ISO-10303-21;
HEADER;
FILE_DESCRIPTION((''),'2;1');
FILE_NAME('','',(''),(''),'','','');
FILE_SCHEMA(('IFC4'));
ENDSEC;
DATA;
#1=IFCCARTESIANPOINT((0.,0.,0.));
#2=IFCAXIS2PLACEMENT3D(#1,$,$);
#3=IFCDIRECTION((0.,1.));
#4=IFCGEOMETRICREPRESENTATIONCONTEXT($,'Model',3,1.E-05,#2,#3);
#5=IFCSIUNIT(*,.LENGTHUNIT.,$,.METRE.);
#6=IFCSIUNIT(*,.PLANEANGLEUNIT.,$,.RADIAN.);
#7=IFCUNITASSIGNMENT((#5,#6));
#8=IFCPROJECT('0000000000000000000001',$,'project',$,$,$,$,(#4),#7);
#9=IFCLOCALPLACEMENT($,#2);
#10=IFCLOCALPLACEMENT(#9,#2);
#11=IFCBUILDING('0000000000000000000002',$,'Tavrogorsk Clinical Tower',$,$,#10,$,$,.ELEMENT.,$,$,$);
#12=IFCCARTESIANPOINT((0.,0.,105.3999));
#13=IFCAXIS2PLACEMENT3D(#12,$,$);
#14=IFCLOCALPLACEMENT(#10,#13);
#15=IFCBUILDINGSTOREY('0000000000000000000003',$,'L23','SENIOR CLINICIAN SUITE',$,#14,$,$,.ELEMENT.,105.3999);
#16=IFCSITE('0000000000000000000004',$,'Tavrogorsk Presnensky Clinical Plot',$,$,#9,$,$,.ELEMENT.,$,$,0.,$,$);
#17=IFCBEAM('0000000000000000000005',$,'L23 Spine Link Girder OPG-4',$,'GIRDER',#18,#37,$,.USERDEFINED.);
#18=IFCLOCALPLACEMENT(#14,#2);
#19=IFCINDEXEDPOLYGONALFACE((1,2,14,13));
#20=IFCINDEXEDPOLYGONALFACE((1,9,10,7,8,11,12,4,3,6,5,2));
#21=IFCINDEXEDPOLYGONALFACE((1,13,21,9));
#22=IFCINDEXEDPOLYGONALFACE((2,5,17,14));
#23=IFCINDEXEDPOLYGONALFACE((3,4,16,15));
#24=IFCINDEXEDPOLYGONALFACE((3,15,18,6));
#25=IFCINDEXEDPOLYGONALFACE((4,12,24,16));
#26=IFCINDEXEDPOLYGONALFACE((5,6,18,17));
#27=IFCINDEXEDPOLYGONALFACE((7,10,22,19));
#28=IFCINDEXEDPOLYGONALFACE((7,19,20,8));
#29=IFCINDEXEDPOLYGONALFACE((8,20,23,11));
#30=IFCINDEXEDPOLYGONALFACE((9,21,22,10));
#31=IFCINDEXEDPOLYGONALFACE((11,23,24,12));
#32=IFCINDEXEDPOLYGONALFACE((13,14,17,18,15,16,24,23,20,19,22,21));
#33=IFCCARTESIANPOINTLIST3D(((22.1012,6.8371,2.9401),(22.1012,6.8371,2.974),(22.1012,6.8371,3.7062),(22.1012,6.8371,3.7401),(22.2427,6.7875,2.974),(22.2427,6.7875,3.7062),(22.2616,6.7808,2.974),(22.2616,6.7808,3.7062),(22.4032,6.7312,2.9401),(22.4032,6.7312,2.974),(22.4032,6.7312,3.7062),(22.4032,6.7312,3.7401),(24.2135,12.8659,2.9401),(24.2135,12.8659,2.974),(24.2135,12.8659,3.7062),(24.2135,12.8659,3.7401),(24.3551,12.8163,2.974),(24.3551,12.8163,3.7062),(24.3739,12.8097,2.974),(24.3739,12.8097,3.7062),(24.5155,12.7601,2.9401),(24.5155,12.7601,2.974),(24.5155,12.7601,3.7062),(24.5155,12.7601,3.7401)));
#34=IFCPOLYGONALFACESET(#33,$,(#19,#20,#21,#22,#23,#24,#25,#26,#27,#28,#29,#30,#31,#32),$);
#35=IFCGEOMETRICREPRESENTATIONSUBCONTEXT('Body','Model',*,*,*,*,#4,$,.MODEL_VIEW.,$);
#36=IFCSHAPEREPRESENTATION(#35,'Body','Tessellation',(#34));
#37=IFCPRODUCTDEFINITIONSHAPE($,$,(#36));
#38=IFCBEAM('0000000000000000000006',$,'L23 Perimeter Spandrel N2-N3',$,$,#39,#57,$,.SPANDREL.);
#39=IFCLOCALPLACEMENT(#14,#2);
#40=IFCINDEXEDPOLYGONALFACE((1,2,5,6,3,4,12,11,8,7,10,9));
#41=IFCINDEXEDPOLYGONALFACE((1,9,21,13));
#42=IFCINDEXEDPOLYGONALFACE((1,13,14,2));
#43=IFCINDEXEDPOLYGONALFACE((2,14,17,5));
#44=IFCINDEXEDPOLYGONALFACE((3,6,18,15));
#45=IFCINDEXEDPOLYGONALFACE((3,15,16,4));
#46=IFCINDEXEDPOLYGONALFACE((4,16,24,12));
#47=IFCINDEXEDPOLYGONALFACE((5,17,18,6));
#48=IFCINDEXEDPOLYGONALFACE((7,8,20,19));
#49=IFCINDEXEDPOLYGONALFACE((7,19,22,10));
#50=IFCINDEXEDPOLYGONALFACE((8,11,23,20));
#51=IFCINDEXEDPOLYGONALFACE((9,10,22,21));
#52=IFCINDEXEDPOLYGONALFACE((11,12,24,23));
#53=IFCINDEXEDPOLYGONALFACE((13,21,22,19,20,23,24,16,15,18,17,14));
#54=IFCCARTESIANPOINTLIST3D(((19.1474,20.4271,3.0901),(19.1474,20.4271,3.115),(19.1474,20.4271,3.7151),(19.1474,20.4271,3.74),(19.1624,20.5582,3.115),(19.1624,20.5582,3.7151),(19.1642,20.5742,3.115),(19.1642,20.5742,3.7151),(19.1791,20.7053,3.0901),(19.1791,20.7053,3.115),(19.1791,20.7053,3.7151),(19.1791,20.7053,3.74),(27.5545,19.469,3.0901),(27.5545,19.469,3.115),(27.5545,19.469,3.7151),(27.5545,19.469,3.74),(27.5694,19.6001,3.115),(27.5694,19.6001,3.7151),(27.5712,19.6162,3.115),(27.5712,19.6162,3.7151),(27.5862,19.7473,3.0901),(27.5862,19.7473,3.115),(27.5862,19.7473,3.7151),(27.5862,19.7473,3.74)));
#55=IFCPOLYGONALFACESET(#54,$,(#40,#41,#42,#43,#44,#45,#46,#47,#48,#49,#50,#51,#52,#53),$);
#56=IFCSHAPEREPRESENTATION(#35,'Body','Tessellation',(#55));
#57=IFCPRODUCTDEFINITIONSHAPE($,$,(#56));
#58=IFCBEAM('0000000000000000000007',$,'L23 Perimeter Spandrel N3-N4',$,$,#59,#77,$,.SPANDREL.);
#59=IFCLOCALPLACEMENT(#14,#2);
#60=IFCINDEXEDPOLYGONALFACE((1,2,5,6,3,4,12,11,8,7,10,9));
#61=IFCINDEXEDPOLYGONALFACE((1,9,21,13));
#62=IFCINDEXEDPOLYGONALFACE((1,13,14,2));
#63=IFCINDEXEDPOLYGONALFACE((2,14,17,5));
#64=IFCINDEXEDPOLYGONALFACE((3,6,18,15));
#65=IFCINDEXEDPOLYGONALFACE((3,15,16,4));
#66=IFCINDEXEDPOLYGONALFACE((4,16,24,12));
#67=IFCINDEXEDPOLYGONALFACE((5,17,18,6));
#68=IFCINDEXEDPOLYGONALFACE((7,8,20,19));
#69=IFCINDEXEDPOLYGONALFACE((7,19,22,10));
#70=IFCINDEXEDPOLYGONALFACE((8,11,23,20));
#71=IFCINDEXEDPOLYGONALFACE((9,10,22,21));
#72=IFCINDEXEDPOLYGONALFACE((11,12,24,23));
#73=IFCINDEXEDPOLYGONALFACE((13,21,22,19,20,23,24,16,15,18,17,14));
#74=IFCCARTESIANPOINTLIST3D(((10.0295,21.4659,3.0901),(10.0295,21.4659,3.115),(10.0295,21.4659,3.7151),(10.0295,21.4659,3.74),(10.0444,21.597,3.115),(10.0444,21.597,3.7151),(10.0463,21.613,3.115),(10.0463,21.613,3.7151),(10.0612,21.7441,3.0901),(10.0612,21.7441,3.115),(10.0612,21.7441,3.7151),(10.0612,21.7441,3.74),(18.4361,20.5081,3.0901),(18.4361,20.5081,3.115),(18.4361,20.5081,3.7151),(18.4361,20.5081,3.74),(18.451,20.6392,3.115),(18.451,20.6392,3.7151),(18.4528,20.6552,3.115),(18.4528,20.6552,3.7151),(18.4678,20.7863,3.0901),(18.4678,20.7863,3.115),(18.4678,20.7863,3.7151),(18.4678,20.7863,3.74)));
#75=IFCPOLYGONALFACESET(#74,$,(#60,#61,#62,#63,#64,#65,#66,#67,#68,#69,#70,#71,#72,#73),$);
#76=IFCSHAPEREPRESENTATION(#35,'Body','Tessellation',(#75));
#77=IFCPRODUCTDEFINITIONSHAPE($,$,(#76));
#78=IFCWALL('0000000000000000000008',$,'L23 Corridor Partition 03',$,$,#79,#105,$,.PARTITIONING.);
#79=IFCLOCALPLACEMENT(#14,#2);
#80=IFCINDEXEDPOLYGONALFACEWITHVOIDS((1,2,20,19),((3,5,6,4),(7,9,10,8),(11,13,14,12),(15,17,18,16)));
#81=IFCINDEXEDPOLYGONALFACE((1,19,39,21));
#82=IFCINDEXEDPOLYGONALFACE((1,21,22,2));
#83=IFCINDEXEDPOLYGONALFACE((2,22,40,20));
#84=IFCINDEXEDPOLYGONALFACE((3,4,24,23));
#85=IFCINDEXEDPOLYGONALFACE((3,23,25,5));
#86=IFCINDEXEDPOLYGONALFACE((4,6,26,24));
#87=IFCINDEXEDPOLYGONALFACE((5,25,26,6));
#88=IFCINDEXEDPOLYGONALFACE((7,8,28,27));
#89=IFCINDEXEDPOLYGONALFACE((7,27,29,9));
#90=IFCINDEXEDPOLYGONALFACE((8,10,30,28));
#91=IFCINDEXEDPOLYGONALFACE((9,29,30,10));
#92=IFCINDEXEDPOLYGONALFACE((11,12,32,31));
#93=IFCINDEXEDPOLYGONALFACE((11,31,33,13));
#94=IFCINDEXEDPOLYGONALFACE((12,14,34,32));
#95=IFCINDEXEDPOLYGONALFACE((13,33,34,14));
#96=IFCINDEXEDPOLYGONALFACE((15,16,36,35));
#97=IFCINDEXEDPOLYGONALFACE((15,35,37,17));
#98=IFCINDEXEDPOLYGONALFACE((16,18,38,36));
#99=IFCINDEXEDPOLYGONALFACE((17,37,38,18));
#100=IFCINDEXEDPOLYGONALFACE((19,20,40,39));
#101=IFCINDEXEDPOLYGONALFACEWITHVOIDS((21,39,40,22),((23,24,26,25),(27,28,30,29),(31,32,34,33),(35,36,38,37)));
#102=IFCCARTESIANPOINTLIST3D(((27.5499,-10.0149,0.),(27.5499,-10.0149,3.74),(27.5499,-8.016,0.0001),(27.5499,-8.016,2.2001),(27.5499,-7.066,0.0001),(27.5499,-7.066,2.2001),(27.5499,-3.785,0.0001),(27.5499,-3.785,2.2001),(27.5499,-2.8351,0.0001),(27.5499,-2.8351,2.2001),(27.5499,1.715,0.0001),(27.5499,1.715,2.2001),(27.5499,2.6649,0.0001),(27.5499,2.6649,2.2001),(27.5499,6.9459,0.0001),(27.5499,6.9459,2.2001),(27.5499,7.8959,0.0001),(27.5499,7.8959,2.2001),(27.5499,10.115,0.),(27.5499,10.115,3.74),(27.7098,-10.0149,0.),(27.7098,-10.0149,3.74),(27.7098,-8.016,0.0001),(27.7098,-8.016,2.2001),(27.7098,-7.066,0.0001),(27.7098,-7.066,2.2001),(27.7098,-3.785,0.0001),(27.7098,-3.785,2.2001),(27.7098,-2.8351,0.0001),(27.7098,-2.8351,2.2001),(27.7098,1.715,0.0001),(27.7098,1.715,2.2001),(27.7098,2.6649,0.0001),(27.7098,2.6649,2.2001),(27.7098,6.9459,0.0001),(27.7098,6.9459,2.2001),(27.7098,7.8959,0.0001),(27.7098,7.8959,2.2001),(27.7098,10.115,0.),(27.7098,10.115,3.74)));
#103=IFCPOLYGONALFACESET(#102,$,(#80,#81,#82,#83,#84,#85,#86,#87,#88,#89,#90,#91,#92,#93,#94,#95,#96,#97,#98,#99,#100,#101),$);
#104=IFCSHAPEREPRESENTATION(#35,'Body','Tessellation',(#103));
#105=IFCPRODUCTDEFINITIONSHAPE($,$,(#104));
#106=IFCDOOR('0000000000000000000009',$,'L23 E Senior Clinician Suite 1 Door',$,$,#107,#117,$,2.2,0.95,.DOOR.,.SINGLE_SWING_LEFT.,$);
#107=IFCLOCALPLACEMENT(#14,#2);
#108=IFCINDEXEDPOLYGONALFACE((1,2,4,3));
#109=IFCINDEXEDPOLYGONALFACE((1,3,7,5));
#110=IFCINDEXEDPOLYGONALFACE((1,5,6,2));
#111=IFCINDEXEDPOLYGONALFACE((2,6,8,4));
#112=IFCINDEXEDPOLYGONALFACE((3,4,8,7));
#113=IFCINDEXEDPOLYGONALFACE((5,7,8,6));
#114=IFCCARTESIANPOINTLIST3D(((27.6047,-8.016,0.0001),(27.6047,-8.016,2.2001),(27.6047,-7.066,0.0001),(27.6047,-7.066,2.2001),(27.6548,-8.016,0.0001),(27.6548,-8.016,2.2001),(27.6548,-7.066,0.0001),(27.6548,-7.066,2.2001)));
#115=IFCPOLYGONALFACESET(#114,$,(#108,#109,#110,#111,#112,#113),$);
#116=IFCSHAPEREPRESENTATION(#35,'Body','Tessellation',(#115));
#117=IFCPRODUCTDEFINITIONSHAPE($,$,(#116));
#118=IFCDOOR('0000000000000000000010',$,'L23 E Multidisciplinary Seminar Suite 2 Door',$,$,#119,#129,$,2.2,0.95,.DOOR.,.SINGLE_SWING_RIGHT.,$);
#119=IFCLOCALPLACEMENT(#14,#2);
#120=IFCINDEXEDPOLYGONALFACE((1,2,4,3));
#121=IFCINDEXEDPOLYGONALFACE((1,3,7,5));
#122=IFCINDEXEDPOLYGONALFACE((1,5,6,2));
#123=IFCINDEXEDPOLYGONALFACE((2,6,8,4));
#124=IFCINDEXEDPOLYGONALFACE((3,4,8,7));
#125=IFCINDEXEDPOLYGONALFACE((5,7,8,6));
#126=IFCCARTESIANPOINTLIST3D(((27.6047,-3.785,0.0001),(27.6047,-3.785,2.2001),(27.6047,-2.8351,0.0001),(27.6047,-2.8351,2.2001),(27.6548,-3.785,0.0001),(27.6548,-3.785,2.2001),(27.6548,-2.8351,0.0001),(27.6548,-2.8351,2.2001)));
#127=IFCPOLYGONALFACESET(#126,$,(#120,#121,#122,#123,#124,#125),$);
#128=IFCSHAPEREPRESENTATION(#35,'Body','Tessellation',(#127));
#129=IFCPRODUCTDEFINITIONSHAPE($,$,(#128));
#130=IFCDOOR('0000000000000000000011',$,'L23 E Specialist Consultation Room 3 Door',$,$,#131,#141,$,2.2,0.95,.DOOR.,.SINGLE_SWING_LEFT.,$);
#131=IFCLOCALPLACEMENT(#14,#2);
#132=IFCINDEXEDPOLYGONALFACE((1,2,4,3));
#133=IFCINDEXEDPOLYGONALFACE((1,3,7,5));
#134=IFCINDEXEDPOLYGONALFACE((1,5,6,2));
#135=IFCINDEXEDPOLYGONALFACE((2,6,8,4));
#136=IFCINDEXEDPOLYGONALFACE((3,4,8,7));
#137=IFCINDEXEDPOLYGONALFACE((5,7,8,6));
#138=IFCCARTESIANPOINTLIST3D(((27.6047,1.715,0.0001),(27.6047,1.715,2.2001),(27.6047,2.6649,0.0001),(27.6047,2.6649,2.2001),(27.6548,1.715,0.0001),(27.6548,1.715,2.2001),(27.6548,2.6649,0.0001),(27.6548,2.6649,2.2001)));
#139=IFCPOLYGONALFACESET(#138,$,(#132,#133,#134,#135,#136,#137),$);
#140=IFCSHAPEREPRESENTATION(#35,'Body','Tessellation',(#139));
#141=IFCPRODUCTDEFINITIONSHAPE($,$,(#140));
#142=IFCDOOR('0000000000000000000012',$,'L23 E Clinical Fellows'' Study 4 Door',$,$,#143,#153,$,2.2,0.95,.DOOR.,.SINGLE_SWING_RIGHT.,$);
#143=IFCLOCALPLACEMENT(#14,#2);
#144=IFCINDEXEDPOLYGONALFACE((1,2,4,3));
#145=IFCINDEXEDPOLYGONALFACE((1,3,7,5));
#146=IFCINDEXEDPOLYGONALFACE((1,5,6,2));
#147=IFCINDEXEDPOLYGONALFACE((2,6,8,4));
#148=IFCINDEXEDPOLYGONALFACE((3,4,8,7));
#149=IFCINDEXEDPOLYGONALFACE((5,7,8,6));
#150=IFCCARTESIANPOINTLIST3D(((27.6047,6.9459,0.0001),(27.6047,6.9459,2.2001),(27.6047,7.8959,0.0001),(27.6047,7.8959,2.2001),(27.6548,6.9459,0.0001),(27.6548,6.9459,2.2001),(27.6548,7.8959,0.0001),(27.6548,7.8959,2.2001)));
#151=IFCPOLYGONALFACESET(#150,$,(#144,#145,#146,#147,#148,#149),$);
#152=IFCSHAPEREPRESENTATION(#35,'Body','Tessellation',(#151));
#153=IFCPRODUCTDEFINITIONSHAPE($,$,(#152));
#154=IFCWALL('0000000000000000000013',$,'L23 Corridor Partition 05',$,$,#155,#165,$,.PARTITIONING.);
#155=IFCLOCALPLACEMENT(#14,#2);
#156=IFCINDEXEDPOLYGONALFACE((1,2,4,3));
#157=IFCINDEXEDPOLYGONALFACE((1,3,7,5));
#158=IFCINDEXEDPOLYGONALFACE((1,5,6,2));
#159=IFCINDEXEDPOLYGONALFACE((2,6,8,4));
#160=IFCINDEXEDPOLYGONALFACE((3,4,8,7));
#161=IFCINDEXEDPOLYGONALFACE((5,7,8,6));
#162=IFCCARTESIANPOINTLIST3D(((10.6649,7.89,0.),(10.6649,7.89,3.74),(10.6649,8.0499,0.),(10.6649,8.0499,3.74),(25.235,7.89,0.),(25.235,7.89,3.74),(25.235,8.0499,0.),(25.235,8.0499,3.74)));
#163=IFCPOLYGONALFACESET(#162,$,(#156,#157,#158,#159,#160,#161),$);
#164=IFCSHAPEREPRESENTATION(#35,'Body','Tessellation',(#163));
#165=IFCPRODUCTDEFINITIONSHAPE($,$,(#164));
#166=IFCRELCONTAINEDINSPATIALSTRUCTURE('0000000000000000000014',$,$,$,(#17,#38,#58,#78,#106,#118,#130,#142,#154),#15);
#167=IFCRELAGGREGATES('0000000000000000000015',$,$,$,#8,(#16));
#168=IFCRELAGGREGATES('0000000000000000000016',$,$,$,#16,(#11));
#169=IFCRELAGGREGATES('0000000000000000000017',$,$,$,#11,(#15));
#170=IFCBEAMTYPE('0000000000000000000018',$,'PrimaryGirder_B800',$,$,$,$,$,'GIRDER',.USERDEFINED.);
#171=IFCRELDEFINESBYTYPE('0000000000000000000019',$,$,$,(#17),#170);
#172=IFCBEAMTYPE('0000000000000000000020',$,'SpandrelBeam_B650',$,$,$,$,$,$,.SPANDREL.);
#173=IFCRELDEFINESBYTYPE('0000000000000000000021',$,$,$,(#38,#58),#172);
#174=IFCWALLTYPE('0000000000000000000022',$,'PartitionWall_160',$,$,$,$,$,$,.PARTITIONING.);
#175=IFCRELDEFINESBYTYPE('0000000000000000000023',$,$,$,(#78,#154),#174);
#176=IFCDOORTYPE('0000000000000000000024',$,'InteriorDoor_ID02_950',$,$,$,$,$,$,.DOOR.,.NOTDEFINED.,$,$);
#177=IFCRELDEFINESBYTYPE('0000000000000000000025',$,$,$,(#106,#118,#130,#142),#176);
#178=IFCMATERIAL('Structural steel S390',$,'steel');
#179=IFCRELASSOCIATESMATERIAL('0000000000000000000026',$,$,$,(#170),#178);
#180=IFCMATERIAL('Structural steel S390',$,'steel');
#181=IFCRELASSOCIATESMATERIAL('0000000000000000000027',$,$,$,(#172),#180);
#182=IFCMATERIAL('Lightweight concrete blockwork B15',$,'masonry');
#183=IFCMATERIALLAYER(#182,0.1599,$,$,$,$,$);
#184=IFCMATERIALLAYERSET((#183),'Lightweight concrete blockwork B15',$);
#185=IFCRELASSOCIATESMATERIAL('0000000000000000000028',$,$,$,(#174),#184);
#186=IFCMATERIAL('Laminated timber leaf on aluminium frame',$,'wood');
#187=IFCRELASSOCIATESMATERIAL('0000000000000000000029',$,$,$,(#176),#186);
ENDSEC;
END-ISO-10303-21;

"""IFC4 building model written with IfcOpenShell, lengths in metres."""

from ifc_helpers import new_model, si_unit, direction, frame, frame_2d, origin, origin_2d, place, context, subcontext, project, spatial, rectangle, i_section, extrude, material, layer, layer_set, material_profile, profile_set, type_object, element, fill, save


model = new_model("IFC4")

# Units and contexts
model_context = context("Model", 3, precision=1e-05, world=origin(), true_north=direction((0.0, 1.0)))
body_context = subcontext(model_context, "Body", "Model", "MODEL_VIEW")
ifc_project = project(units=[si_unit("LENGTHUNIT", "METRE"), si_unit("PLANEANGLEUNIT", "RADIAN")], contexts=[model_context])

# Site, building, storey
site_placement = place(None, origin())
site = spatial("IfcSite", under=ifc_project, at=site_placement, Name="Tavrogorsk Presnensky Clinical Plot", CompositionType="ELEMENT", RefElevation=0.0)
building_placement = place(site_placement, origin())
building = spatial("IfcBuilding", under=site, at=building_placement, Name="Tavrogorsk Clinical Tower", CompositionType="ELEMENT")
storey_placement = place(building_placement, frame((0.0, 0.0, 105.3999)))
storey = spatial("IfcBuildingStorey", under=building, at=storey_placement, Name="L23", Description="SENIOR CLINICIAN SUITE", CompositionType="ELEMENT", Elevation=105.3999)

# Beams
ifc_material_1 = material(Name="Structural steel S390", Category="steel")
ifc_material_profile_1 = material_profile(ifc_material_1, i_section(OverallWidth=0.3201, OverallDepth=0.8, WebThickness=0.02, FlangeThickness=0.0339, at=origin_2d()), Name="B-800x320x20x34")
ifc_profile_set_1 = profile_set([ifc_material_profile_1], Name="Structural steel S390")
beam_type_1 = type_object("IfcBeamType", Name="PrimaryGirder_B800", ElementType="GIRDER", PredefinedType="USERDEFINED", material=ifc_profile_set_1)
beam_1_placement = place(storey_placement, frame((24.3645, 12.813, 3.3401), z_axis=(-0.33066, -0.94375, 0.0), x_axis=(0.94375, -0.33066, 0.0)))
element("IfcBeam", 1, at=beam_1_placement, inside=storey, type_object=beam_type_1, Name="L23 Spine Link Girder OPG-4", ObjectType="GIRDER", PredefinedType="USERDEFINED", context=body_context, shape_type="SweptSolid", body=[
    extrude(i_section(OverallWidth=0.3201, OverallDepth=0.8, WebThickness=0.02, FlangeThickness=0.0339, at=origin_2d()), origin(), (0.0, 0.0, 1.0), 6.3882),
])
ifc_material_2 = material(Name="Structural steel S390", Category="steel")
ifc_material_profile_2 = material_profile(ifc_material_2, i_section(OverallWidth=0.28, OverallDepth=0.6499, WebThickness=0.0161, FlangeThickness=0.0249, at=origin_2d()), Name="B-650x280x16x25")
ifc_profile_set_2 = profile_set([ifc_material_profile_2], Name="Structural steel S390")
beam_type_2 = type_object("IfcBeamType", Name="SpandrelBeam_B650", PredefinedType="SPANDREL", material=ifc_profile_set_2)
beam_2_placement = place(storey_placement, frame((27.5703, 19.6082, 3.415), z_axis=(-0.99357, 0.113221, 0.0), x_axis=(-0.113221, -0.99357, 0.0)))
element("IfcBeam", 2, at=beam_2_placement, inside=storey, type_object=beam_type_2, Name="L23 Perimeter Spandrel N2-N3", PredefinedType="SPANDREL", context=body_context, shape_type="SweptSolid", body=[
    extrude(i_section(OverallWidth=0.28, OverallDepth=0.6499, WebThickness=0.0161, FlangeThickness=0.0249, at=origin_2d()), origin(), (0.0, 0.0, 1.0), 8.4614),
])
beam_3_placement = place(storey_placement, frame((18.4519, 20.6472, 3.415), z_axis=(-0.993572, 0.113199, 0.0), x_axis=(-0.113199, -0.993572, 0.0)))
element("IfcBeam", 3, at=beam_3_placement, inside=storey, type_object=beam_type_2, Name="L23 Perimeter Spandrel N3-N4", PredefinedType="SPANDREL", context=body_context, shape_type="SweptSolid", body=[
    extrude(i_section(OverallWidth=0.28, OverallDepth=0.6499, WebThickness=0.0161, FlangeThickness=0.0249, at=origin_2d()), origin(), (0.0, 0.0, 1.0), 8.4609),
])

# Wall, openings, doors
ifc_material_3 = material(Name="Lightweight concrete blockwork B15", Category="masonry")
ifc_layer_1 = layer(ifc_material_3, 0.1599)
ifc_layer_set_1 = layer_set([ifc_layer_1], Name="Lightweight concrete blockwork B15")
wall_type_1 = type_object("IfcWallType", Name="PartitionWall_160", PredefinedType="PARTITIONING", material=ifc_layer_set_1)
wall_1_placement = place(storey_placement, frame((27.6299, 10.115, 0.0), z_axis=(0.0, 0.0, 1.0), x_axis=(0.0, -1.0, 0.0)))
wall_1 = element("IfcWall", 4, at=wall_1_placement, inside=storey, type_object=wall_type_1, Name="L23 Corridor Partition 03", PredefinedType="PARTITIONING", context=body_context, shape_type="SweptSolid", body=[
    extrude(rectangle(XDim=20.1299, YDim=0.1599, at=frame_2d((10.0649, 0.0))), origin(), (0.0, 0.0, 1.0), 3.74),
])
opening_1_placement = place(wall_1_placement, frame((17.1809, 0.0, 0.0)))
opening_1 = element("IfcOpeningElement", 5, at=opening_1_placement, cuts=wall_1, PredefinedType="OPENING", context=body_context, shape_type="SweptSolid", body=[
    extrude(rectangle(XDim=0.95, YDim=2.2, at=frame_2d((0.4751, 1.1001))), frame((0.0, 0.0898, 0.0), z_axis=(0.0, -1.0, 0.0), x_axis=(1.0, 0.0, 0.0)), (0.0, 0.0, 1.0), 0.1799),
])
opening_2_placement = place(wall_1_placement, frame((12.95, 0.0, 0.0)))
opening_2 = element("IfcOpeningElement", 6, at=opening_2_placement, cuts=wall_1, PredefinedType="OPENING", context=body_context, shape_type="SweptSolid", body=[
    extrude(rectangle(XDim=0.95, YDim=2.2, at=frame_2d((0.4751, 1.1001))), frame((0.0, 0.0898, 0.0), z_axis=(0.0, -1.0, 0.0), x_axis=(1.0, 0.0, 0.0)), (0.0, 0.0, 1.0), 0.1799),
])
opening_3_placement = place(wall_1_placement, frame((7.45, 0.0, 0.0)))
opening_3 = element("IfcOpeningElement", 7, at=opening_3_placement, cuts=wall_1, PredefinedType="OPENING", context=body_context, shape_type="SweptSolid", body=[
    extrude(rectangle(XDim=0.95, YDim=2.2, at=frame_2d((0.4751, 1.1001))), frame((0.0, 0.0898, 0.0), z_axis=(0.0, -1.0, 0.0), x_axis=(1.0, 0.0, 0.0)), (0.0, 0.0, 1.0), 0.1799),
])
opening_4_placement = place(wall_1_placement, frame((2.219, 0.0, 0.0)))
opening_4 = element("IfcOpeningElement", 8, at=opening_4_placement, cuts=wall_1, PredefinedType="OPENING", context=body_context, shape_type="SweptSolid", body=[
    extrude(rectangle(XDim=0.95, YDim=2.2, at=frame_2d((0.4751, 1.1001))), frame((0.0, 0.0898, 0.0), z_axis=(0.0, -1.0, 0.0), x_axis=(1.0, 0.0, 0.0)), (0.0, 0.0, 1.0), 0.1799),
])
ifc_material_4 = material(Name="Laminated timber leaf on aluminium frame", Category="wood")
door_type = type_object("IfcDoorType", Name="InteriorDoor_ID02_950", OperationType="NOTDEFINED", PredefinedType="DOOR", material=ifc_material_4)
door_1_placement = place(opening_1_placement, origin())
door_1 = element("IfcDoor", 9, at=door_1_placement, inside=storey, type_object=door_type, Name="L23 E Senior Clinician Suite 1 Door", OperationType="SINGLE_SWING_LEFT", OverallHeight=2.2, OverallWidth=0.95, PredefinedType="DOOR", context=body_context, shape_type="SweptSolid", body=[
    extrude(rectangle(XDim=0.95, YDim=2.2, at=frame_2d((0.4751, 1.1001))), frame((0.0, 0.0249, 0.0), z_axis=(0.0, -1.0, 0.0), x_axis=(1.0, 0.0, 0.0)), (0.0, 0.0, 1.0), 0.05),
])
fill(opening_1, door_1)
door_2_placement = place(opening_2_placement, origin())
door_2 = element("IfcDoor", 10, at=door_2_placement, inside=storey, type_object=door_type, Name="L23 E Multidisciplinary Seminar Suite 2 Door", OperationType="SINGLE_SWING_RIGHT", OverallHeight=2.2, OverallWidth=0.95, PredefinedType="DOOR", context=body_context, shape_type="SweptSolid", body=[
    extrude(rectangle(XDim=0.95, YDim=2.2, at=frame_2d((0.4751, 1.1001))), frame((0.0, 0.0249, 0.0), z_axis=(0.0, -1.0, 0.0), x_axis=(1.0, 0.0, 0.0)), (0.0, 0.0, 1.0), 0.05),
])
fill(opening_2, door_2)
door_3_placement = place(opening_3_placement, origin())
door_3 = element("IfcDoor", 11, at=door_3_placement, inside=storey, type_object=door_type, Name="L23 E Specialist Consultation Room 3 Door", OperationType="SINGLE_SWING_LEFT", OverallHeight=2.2, OverallWidth=0.95, PredefinedType="DOOR", context=body_context, shape_type="SweptSolid", body=[
    extrude(rectangle(XDim=0.95, YDim=2.2, at=frame_2d((0.4751, 1.1001))), frame((0.0, 0.0249, 0.0), z_axis=(0.0, -1.0, 0.0), x_axis=(1.0, 0.0, 0.0)), (0.0, 0.0, 1.0), 0.05),
])
fill(opening_3, door_3)
door_4_placement = place(opening_4_placement, origin())
door_4 = element("IfcDoor", 12, at=door_4_placement, inside=storey, type_object=door_type, Name="L23 E Clinical Fellows' Study 4 Door", OperationType="SINGLE_SWING_RIGHT", OverallHeight=2.2, OverallWidth=0.95, PredefinedType="DOOR", context=body_context, shape_type="SweptSolid", body=[
    extrude(rectangle(XDim=0.95, YDim=2.2, at=frame_2d((0.4751, 1.1001))), frame((0.0, 0.0249, 0.0), z_axis=(0.0, -1.0, 0.0), x_axis=(1.0, 0.0, 0.0)), (0.0, 0.0, 1.0), 0.05),
])
fill(opening_4, door_4)

# Wall
wall_2_placement = place(storey_placement, frame((25.2351, 7.97, 0.0), z_axis=(0.0, 0.0, 1.0), x_axis=(-1.0, 0.0, 0.0)))
element("IfcWall", 13, at=wall_2_placement, inside=storey, type_object=wall_type_1, Name="L23 Corridor Partition 05", PredefinedType="PARTITIONING", context=body_context, shape_type="SweptSolid", body=[
    extrude(rectangle(XDim=14.5701, YDim=0.1599, at=frame_2d((7.2852, 0.0))), origin(), (0.0, 0.0, 1.0), 3.74),
])

save(model, "model.ifc")
